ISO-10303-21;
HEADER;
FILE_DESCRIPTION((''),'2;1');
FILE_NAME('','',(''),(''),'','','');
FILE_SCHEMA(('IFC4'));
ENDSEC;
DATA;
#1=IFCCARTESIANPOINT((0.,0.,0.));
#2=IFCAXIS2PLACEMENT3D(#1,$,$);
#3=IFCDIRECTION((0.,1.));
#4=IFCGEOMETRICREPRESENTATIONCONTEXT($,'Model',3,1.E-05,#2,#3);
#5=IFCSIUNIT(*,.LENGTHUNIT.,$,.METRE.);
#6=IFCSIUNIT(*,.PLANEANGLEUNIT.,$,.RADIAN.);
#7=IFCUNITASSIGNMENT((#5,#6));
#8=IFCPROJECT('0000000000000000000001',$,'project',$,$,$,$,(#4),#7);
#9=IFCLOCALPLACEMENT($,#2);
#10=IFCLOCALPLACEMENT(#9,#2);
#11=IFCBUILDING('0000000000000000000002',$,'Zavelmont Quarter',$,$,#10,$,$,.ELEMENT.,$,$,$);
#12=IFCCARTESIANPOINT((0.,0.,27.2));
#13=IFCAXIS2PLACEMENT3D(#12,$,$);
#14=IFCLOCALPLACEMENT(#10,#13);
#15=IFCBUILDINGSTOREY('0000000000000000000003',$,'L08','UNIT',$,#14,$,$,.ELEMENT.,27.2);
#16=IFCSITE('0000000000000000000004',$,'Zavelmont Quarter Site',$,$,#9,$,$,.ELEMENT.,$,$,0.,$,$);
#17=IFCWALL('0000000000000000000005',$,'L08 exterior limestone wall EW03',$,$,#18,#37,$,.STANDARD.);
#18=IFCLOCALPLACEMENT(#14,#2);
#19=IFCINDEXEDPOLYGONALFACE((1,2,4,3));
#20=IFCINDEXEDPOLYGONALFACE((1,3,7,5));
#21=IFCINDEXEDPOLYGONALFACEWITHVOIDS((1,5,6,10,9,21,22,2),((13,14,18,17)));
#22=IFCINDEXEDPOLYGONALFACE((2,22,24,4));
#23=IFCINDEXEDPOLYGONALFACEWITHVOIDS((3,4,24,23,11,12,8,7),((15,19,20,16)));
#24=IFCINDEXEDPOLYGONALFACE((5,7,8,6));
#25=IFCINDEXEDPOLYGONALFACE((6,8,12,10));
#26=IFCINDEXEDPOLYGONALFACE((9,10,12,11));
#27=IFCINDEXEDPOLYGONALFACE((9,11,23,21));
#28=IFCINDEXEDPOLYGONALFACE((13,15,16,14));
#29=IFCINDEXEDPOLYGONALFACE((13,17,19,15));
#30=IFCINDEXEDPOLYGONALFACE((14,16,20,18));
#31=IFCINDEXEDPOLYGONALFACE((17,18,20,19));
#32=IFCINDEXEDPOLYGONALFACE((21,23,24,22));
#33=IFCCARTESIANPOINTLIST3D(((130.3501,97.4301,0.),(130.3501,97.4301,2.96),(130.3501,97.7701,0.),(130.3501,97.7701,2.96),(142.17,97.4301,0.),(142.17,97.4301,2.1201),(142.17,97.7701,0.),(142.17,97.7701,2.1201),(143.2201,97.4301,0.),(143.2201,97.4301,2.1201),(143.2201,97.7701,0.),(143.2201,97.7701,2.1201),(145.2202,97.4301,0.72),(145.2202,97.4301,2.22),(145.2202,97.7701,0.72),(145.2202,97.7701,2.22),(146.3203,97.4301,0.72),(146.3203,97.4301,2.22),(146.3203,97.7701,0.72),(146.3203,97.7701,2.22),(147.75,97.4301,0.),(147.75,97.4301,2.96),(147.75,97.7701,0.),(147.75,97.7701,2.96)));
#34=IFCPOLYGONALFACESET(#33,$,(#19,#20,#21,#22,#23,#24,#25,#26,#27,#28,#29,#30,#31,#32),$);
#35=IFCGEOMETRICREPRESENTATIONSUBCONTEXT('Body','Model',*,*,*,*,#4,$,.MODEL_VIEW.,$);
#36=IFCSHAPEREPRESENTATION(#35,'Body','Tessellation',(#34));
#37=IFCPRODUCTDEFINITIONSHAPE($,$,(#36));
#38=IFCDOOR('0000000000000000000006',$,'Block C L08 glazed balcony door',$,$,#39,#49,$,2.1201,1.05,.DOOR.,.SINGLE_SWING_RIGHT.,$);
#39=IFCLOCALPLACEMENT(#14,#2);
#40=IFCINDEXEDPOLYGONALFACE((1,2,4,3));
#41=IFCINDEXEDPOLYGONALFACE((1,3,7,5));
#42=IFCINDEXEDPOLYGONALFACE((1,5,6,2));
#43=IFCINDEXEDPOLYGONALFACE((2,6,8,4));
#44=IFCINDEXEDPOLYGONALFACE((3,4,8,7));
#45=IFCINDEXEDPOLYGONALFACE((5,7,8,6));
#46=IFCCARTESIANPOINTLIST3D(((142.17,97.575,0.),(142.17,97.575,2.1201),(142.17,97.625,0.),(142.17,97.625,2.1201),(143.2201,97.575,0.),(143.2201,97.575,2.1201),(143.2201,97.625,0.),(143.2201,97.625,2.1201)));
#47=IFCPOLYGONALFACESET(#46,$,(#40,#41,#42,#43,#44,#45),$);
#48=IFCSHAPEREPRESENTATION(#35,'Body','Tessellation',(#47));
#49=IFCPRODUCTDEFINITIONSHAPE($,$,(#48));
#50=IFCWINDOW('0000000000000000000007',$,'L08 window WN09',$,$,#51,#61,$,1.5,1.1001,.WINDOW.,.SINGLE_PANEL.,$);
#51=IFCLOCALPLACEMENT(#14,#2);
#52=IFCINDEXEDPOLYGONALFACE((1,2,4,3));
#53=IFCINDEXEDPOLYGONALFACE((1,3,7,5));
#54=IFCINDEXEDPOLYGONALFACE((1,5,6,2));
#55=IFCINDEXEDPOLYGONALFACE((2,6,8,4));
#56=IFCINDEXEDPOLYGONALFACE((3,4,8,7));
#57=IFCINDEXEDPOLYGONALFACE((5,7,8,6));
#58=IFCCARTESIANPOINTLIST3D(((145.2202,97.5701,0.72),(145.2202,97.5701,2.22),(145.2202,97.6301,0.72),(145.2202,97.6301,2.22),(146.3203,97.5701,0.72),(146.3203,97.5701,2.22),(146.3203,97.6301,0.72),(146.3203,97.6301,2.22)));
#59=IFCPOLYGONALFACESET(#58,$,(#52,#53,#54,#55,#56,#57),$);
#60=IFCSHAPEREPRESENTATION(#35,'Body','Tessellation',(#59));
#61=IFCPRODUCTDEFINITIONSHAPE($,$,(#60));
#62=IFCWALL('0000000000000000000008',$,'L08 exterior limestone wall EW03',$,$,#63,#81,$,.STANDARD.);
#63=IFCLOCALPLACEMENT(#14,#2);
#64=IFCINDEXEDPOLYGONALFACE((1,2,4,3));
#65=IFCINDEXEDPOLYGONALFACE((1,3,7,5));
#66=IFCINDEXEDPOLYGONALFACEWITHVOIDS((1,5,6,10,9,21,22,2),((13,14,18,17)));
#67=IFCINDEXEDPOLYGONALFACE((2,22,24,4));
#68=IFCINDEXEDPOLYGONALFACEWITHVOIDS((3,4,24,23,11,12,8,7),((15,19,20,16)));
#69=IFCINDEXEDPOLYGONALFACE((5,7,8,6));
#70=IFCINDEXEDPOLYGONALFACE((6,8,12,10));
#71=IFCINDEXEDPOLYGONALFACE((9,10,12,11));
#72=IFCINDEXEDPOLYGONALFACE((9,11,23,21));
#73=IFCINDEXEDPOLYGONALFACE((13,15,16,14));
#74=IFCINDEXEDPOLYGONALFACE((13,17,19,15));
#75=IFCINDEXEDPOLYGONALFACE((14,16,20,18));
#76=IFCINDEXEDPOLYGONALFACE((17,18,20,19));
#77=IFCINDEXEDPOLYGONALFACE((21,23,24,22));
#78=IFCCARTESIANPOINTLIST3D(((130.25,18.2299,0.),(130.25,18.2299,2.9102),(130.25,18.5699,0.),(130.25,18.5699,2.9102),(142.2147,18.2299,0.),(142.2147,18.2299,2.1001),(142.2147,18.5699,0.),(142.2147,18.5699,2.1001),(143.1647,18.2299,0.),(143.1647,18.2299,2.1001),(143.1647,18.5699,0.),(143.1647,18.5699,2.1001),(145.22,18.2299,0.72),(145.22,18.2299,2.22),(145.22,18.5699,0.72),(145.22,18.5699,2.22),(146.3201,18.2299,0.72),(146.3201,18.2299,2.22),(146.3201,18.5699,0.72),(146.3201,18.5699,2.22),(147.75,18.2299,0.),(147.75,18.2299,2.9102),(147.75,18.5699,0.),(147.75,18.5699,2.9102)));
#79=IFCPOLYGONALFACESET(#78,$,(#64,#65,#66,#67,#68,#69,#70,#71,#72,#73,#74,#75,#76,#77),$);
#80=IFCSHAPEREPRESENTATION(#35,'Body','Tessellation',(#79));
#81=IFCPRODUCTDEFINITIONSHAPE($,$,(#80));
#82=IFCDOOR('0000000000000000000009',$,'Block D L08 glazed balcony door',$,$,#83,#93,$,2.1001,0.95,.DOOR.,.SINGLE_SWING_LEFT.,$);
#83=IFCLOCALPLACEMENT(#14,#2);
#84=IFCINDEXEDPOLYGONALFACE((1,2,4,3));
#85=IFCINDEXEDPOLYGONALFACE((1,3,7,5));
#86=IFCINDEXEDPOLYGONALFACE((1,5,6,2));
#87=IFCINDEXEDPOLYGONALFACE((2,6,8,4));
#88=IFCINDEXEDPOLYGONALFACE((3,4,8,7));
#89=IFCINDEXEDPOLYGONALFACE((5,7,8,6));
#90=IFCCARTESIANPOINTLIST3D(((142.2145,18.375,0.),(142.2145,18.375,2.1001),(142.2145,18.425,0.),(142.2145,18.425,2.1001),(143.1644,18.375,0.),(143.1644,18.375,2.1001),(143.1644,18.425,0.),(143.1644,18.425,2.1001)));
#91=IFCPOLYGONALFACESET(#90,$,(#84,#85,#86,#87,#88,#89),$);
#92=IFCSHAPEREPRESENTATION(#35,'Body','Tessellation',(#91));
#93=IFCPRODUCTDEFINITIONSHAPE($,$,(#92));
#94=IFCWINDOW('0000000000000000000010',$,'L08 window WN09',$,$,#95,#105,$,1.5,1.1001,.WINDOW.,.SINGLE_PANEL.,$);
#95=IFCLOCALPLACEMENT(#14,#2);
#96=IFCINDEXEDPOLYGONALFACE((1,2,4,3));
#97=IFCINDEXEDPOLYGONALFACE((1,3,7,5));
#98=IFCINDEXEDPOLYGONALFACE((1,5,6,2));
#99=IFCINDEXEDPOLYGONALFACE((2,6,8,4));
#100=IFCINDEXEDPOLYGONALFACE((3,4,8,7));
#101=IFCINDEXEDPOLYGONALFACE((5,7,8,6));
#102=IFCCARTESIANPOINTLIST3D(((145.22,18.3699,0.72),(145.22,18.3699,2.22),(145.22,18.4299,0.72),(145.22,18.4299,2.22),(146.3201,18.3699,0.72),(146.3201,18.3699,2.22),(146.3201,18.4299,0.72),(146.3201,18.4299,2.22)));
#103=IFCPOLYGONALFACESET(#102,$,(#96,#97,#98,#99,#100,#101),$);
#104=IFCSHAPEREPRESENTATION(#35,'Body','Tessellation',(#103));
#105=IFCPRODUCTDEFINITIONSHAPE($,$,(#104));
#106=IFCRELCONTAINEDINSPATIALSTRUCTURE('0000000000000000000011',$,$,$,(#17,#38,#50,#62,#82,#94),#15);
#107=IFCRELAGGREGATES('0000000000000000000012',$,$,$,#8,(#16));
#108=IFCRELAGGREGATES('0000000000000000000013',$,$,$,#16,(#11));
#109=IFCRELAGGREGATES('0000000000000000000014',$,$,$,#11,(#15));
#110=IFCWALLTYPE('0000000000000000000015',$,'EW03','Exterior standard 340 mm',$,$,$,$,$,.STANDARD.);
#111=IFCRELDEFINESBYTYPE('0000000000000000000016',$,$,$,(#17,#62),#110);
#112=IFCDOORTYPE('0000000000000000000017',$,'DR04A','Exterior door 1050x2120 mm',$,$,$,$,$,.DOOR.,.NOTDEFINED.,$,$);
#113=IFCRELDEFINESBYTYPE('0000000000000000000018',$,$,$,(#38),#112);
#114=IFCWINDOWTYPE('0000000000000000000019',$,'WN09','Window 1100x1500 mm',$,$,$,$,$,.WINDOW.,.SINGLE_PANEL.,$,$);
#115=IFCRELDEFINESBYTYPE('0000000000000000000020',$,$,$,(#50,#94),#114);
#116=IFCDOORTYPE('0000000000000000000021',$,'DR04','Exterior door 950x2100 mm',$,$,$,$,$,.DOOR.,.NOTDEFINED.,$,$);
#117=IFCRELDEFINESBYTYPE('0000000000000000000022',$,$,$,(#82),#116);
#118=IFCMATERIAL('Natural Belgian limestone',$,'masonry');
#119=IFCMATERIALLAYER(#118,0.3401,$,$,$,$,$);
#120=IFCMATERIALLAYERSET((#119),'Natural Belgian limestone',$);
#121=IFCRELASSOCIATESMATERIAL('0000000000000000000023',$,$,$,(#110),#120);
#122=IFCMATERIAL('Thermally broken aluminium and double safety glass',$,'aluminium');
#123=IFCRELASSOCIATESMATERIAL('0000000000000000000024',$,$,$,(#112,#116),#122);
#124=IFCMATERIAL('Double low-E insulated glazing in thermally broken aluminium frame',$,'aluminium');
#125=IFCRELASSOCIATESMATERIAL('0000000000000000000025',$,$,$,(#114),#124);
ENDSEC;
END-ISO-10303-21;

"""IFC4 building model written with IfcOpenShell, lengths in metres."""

from ifc_helpers import new_model, si_unit, direction, frame, frame_2d, origin, origin_with_axes, place, context, subcontext, project, spatial, rectangle, extrude, material, layer, layer_set, type_object, element, fill, save


model = new_model("IFC4")

# Units and contexts
model_context = context("Model", 3, precision=1e-05, world=origin(), true_north=direction((0.0, 1.0)))
body_context = subcontext(model_context, "Body", "Model", "MODEL_VIEW")
ifc_project = project(units=[si_unit("LENGTHUNIT", "METRE"), si_unit("PLANEANGLEUNIT", "RADIAN")], contexts=[model_context])

# Site, building, storey
site_placement = place(None, origin())
site = spatial("IfcSite", under=ifc_project, at=site_placement, Name="Zavelmont Quarter Site", CompositionType="ELEMENT", RefElevation=0.0)
building_placement = place(site_placement, origin())
building = spatial("IfcBuilding", under=site, at=building_placement, Name="Zavelmont Quarter", CompositionType="ELEMENT")
storey_placement = place(building_placement, frame((0.0, 0.0, 27.2)))
storey = spatial("IfcBuildingStorey", under=building, at=storey_placement, Name="L08", Description="UNIT", CompositionType="ELEMENT", Elevation=27.2)

# Walls, openings, doors, windows
ifc_material_1 = material(Name="Natural Belgian limestone", Category="masonry")
ifc_layer_1 = layer(ifc_material_1, 0.3401)
ifc_layer_set_1 = layer_set([ifc_layer_1], Name="Natural Belgian limestone")
wall_type_1 = type_object("IfcWallType", Name="EW03", Description="Exterior standard 340 mm", PredefinedType="STANDARD", material=ifc_layer_set_1)
wall_1_placement = place(storey_placement, frame((130.3501, 97.6001, 0.0), z_axis=(0.0, 0.0, 1.0), x_axis=(1.0, 0.0, 0.0)))
wall_1 = element("IfcWall", 1, at=wall_1_placement, inside=storey, type_object=wall_type_1, Name="L08 exterior limestone wall EW03", PredefinedType="STANDARD", context=body_context, shape_type="SweptSolid", body=[
    extrude(rectangle(XDim=17.3999, YDim=0.3401, at=frame_2d((8.7, 0.0))), origin(), (0.0, 0.0, 1.0), 2.96),
])
opening_1_placement = place(wall_1_placement, frame((11.8201, 0.0, 0.0)))
opening_1 = element("IfcOpeningElement", 2, at=opening_1_placement, cuts=wall_1, PredefinedType="OPENING", context=body_context, shape_type="SweptSolid", body=[
    extrude(rectangle(XDim=1.05, YDim=2.1201, at=frame_2d((0.5249, 1.0601))), frame((0.0, 0.1821, 0.0), z_axis=(0.0, -1.0, 0.0), x_axis=(1.0, 0.0, 0.0)), (0.0, 0.0, 1.0), 0.364),
])
opening_2_placement = place(wall_1_placement, frame((14.8701, 0.0, 0.72)))
opening_2 = element("IfcOpeningElement", 3, at=opening_2_placement, cuts=wall_1, PredefinedType="OPENING", context=body_context, shape_type="SweptSolid", body=[
    extrude(rectangle(XDim=1.1001, YDim=1.5, at=frame_2d((0.55, 0.75))), frame((0.0, 0.1821, 0.0), z_axis=(0.0, -1.0, 0.0), x_axis=(1.0, 0.0, 0.0)), (0.0, 0.0, 1.0), 0.364),
])
ifc_material_2 = material(Name="Thermally broken aluminium and double safety glass", Category="aluminium")
door_type_1 = type_object("IfcDoorType", Name="DR04A", Description="Exterior door 1050x2120 mm", OperationType="NOTDEFINED", PredefinedType="DOOR", material=ifc_material_2)
door_1_placement = place(opening_1_placement, origin_with_axes())
door_1 = element("IfcDoor", 4, at=door_1_placement, inside=storey, type_object=door_type_1, Name="Block C L08 glazed balcony door", OperationType="SINGLE_SWING_RIGHT", OverallHeight=2.1201, OverallWidth=1.05, PredefinedType="DOOR", context=body_context, shape_type="SweptSolid", body=[
    extrude(rectangle(XDim=1.05, YDim=2.1201, at=frame_2d((0.5249, 1.0601))), frame((0.0, 0.0249, 0.0), z_axis=(0.0, -1.0, 0.0), x_axis=(1.0, 0.0, 0.0)), (0.0, 0.0, 1.0), 0.05),
])
fill(opening_1, door_1)
ifc_material_3 = material(Name="Double low-E insulated glazing in thermally broken aluminium frame", Category="aluminium")
window_type = type_object("IfcWindowType", Name="WN09", Description="Window 1100x1500 mm", PartitioningType="SINGLE_PANEL", PredefinedType="WINDOW", material=ifc_material_3)
window_1_placement = place(opening_2_placement, origin_with_axes())
window_1 = element("IfcWindow", 5, at=window_1_placement, inside=storey, type_object=window_type, Name="L08 window WN09", OverallHeight=1.5, OverallWidth=1.1001, PartitioningType="SINGLE_PANEL", PredefinedType="WINDOW", context=body_context, shape_type="SweptSolid", body=[
    extrude(rectangle(XDim=1.1001, YDim=1.5, at=frame_2d((0.55, 0.75))), frame((0.0, 0.03, 0.0), z_axis=(0.0, -1.0, 0.0), x_axis=(1.0, 0.0, 0.0)), (0.0, 0.0, 1.0), 0.0601),
])
fill(opening_2, window_1)
wall_2_placement = place(storey_placement, frame((130.25, 18.3999, 0.0), z_axis=(0.0, 0.0, 1.0), x_axis=(1.0, 0.0, 0.0)))
wall_2 = element("IfcWall", 6, at=wall_2_placement, inside=storey, type_object=wall_type_1, Name="L08 exterior limestone wall EW03", PredefinedType="STANDARD", context=body_context, shape_type="SweptSolid", body=[
    extrude(rectangle(XDim=17.5, YDim=0.3401, at=frame_2d((8.75, 0.0))), origin(), (0.0, 0.0, 1.0), 2.9102),
])
opening_3_placement = place(wall_2_placement, frame((11.9646, 0.0, 0.0)))
opening_3 = element("IfcOpeningElement", 7, at=opening_3_placement, cuts=wall_2, PredefinedType="OPENING", context=body_context, shape_type="SweptSolid", body=[
    extrude(rectangle(XDim=0.95, YDim=2.1001, at=frame_2d((0.4751, 1.05))), frame((0.0, 0.1821, 0.0), z_axis=(0.0, -1.0, 0.0), x_axis=(1.0, 0.0, 0.0)), (0.0, 0.0, 1.0), 0.364),
])
opening_4_placement = place(wall_2_placement, frame((14.97, 0.0, 0.72)))
opening_4 = element("IfcOpeningElement", 8, at=opening_4_placement, cuts=wall_2, PredefinedType="OPENING", context=body_context, shape_type="SweptSolid", body=[
    extrude(rectangle(XDim=1.1001, YDim=1.5, at=frame_2d((0.55, 0.75))), frame((0.0, 0.1821, 0.0), z_axis=(0.0, -1.0, 0.0), x_axis=(1.0, 0.0, 0.0)), (0.0, 0.0, 1.0), 0.364),
])
door_type_2 = type_object("IfcDoorType", Name="DR04", Description="Exterior door 950x2100 mm", OperationType="NOTDEFINED", PredefinedType="DOOR", material=ifc_material_2)
door_2_placement = place(opening_3_placement, frame((0.95, 0.0, 0.0), z_axis=(0.0, 0.0, 1.0), x_axis=(-1.0, 0.0, 0.0)))
door_2 = element("IfcDoor", 9, at=door_2_placement, inside=storey, type_object=door_type_2, Name="Block D L08 glazed balcony door", OperationType="SINGLE_SWING_LEFT", OverallHeight=2.1001, OverallWidth=0.95, PredefinedType="DOOR", context=body_context, shape_type="SweptSolid", body=[
    extrude(rectangle(XDim=0.95, YDim=2.1001, at=frame_2d((0.4751, 1.05))), frame((0.0, 0.0249, 0.0), z_axis=(0.0, -1.0, 0.0), x_axis=(1.0, 0.0, 0.0)), (0.0, 0.0, 1.0), 0.05),
])
fill(opening_3, door_2)
window_2_placement = place(opening_4_placement, origin_with_axes())
window_2 = element("IfcWindow", 10, at=window_2_placement, inside=storey, type_object=window_type, Name="L08 window WN09", OverallHeight=1.5, OverallWidth=1.1001, PartitioningType="SINGLE_PANEL", PredefinedType="WINDOW", context=body_context, shape_type="SweptSolid", body=[
    extrude(rectangle(XDim=1.1001, YDim=1.5, at=frame_2d((0.55, 0.75))), frame((0.0, 0.03, 0.0), z_axis=(0.0, -1.0, 0.0), x_axis=(1.0, 0.0, 0.0)), (0.0, 0.0, 1.0), 0.0601),
])
fill(opening_4, window_2)

save(model, "model.ifc")
